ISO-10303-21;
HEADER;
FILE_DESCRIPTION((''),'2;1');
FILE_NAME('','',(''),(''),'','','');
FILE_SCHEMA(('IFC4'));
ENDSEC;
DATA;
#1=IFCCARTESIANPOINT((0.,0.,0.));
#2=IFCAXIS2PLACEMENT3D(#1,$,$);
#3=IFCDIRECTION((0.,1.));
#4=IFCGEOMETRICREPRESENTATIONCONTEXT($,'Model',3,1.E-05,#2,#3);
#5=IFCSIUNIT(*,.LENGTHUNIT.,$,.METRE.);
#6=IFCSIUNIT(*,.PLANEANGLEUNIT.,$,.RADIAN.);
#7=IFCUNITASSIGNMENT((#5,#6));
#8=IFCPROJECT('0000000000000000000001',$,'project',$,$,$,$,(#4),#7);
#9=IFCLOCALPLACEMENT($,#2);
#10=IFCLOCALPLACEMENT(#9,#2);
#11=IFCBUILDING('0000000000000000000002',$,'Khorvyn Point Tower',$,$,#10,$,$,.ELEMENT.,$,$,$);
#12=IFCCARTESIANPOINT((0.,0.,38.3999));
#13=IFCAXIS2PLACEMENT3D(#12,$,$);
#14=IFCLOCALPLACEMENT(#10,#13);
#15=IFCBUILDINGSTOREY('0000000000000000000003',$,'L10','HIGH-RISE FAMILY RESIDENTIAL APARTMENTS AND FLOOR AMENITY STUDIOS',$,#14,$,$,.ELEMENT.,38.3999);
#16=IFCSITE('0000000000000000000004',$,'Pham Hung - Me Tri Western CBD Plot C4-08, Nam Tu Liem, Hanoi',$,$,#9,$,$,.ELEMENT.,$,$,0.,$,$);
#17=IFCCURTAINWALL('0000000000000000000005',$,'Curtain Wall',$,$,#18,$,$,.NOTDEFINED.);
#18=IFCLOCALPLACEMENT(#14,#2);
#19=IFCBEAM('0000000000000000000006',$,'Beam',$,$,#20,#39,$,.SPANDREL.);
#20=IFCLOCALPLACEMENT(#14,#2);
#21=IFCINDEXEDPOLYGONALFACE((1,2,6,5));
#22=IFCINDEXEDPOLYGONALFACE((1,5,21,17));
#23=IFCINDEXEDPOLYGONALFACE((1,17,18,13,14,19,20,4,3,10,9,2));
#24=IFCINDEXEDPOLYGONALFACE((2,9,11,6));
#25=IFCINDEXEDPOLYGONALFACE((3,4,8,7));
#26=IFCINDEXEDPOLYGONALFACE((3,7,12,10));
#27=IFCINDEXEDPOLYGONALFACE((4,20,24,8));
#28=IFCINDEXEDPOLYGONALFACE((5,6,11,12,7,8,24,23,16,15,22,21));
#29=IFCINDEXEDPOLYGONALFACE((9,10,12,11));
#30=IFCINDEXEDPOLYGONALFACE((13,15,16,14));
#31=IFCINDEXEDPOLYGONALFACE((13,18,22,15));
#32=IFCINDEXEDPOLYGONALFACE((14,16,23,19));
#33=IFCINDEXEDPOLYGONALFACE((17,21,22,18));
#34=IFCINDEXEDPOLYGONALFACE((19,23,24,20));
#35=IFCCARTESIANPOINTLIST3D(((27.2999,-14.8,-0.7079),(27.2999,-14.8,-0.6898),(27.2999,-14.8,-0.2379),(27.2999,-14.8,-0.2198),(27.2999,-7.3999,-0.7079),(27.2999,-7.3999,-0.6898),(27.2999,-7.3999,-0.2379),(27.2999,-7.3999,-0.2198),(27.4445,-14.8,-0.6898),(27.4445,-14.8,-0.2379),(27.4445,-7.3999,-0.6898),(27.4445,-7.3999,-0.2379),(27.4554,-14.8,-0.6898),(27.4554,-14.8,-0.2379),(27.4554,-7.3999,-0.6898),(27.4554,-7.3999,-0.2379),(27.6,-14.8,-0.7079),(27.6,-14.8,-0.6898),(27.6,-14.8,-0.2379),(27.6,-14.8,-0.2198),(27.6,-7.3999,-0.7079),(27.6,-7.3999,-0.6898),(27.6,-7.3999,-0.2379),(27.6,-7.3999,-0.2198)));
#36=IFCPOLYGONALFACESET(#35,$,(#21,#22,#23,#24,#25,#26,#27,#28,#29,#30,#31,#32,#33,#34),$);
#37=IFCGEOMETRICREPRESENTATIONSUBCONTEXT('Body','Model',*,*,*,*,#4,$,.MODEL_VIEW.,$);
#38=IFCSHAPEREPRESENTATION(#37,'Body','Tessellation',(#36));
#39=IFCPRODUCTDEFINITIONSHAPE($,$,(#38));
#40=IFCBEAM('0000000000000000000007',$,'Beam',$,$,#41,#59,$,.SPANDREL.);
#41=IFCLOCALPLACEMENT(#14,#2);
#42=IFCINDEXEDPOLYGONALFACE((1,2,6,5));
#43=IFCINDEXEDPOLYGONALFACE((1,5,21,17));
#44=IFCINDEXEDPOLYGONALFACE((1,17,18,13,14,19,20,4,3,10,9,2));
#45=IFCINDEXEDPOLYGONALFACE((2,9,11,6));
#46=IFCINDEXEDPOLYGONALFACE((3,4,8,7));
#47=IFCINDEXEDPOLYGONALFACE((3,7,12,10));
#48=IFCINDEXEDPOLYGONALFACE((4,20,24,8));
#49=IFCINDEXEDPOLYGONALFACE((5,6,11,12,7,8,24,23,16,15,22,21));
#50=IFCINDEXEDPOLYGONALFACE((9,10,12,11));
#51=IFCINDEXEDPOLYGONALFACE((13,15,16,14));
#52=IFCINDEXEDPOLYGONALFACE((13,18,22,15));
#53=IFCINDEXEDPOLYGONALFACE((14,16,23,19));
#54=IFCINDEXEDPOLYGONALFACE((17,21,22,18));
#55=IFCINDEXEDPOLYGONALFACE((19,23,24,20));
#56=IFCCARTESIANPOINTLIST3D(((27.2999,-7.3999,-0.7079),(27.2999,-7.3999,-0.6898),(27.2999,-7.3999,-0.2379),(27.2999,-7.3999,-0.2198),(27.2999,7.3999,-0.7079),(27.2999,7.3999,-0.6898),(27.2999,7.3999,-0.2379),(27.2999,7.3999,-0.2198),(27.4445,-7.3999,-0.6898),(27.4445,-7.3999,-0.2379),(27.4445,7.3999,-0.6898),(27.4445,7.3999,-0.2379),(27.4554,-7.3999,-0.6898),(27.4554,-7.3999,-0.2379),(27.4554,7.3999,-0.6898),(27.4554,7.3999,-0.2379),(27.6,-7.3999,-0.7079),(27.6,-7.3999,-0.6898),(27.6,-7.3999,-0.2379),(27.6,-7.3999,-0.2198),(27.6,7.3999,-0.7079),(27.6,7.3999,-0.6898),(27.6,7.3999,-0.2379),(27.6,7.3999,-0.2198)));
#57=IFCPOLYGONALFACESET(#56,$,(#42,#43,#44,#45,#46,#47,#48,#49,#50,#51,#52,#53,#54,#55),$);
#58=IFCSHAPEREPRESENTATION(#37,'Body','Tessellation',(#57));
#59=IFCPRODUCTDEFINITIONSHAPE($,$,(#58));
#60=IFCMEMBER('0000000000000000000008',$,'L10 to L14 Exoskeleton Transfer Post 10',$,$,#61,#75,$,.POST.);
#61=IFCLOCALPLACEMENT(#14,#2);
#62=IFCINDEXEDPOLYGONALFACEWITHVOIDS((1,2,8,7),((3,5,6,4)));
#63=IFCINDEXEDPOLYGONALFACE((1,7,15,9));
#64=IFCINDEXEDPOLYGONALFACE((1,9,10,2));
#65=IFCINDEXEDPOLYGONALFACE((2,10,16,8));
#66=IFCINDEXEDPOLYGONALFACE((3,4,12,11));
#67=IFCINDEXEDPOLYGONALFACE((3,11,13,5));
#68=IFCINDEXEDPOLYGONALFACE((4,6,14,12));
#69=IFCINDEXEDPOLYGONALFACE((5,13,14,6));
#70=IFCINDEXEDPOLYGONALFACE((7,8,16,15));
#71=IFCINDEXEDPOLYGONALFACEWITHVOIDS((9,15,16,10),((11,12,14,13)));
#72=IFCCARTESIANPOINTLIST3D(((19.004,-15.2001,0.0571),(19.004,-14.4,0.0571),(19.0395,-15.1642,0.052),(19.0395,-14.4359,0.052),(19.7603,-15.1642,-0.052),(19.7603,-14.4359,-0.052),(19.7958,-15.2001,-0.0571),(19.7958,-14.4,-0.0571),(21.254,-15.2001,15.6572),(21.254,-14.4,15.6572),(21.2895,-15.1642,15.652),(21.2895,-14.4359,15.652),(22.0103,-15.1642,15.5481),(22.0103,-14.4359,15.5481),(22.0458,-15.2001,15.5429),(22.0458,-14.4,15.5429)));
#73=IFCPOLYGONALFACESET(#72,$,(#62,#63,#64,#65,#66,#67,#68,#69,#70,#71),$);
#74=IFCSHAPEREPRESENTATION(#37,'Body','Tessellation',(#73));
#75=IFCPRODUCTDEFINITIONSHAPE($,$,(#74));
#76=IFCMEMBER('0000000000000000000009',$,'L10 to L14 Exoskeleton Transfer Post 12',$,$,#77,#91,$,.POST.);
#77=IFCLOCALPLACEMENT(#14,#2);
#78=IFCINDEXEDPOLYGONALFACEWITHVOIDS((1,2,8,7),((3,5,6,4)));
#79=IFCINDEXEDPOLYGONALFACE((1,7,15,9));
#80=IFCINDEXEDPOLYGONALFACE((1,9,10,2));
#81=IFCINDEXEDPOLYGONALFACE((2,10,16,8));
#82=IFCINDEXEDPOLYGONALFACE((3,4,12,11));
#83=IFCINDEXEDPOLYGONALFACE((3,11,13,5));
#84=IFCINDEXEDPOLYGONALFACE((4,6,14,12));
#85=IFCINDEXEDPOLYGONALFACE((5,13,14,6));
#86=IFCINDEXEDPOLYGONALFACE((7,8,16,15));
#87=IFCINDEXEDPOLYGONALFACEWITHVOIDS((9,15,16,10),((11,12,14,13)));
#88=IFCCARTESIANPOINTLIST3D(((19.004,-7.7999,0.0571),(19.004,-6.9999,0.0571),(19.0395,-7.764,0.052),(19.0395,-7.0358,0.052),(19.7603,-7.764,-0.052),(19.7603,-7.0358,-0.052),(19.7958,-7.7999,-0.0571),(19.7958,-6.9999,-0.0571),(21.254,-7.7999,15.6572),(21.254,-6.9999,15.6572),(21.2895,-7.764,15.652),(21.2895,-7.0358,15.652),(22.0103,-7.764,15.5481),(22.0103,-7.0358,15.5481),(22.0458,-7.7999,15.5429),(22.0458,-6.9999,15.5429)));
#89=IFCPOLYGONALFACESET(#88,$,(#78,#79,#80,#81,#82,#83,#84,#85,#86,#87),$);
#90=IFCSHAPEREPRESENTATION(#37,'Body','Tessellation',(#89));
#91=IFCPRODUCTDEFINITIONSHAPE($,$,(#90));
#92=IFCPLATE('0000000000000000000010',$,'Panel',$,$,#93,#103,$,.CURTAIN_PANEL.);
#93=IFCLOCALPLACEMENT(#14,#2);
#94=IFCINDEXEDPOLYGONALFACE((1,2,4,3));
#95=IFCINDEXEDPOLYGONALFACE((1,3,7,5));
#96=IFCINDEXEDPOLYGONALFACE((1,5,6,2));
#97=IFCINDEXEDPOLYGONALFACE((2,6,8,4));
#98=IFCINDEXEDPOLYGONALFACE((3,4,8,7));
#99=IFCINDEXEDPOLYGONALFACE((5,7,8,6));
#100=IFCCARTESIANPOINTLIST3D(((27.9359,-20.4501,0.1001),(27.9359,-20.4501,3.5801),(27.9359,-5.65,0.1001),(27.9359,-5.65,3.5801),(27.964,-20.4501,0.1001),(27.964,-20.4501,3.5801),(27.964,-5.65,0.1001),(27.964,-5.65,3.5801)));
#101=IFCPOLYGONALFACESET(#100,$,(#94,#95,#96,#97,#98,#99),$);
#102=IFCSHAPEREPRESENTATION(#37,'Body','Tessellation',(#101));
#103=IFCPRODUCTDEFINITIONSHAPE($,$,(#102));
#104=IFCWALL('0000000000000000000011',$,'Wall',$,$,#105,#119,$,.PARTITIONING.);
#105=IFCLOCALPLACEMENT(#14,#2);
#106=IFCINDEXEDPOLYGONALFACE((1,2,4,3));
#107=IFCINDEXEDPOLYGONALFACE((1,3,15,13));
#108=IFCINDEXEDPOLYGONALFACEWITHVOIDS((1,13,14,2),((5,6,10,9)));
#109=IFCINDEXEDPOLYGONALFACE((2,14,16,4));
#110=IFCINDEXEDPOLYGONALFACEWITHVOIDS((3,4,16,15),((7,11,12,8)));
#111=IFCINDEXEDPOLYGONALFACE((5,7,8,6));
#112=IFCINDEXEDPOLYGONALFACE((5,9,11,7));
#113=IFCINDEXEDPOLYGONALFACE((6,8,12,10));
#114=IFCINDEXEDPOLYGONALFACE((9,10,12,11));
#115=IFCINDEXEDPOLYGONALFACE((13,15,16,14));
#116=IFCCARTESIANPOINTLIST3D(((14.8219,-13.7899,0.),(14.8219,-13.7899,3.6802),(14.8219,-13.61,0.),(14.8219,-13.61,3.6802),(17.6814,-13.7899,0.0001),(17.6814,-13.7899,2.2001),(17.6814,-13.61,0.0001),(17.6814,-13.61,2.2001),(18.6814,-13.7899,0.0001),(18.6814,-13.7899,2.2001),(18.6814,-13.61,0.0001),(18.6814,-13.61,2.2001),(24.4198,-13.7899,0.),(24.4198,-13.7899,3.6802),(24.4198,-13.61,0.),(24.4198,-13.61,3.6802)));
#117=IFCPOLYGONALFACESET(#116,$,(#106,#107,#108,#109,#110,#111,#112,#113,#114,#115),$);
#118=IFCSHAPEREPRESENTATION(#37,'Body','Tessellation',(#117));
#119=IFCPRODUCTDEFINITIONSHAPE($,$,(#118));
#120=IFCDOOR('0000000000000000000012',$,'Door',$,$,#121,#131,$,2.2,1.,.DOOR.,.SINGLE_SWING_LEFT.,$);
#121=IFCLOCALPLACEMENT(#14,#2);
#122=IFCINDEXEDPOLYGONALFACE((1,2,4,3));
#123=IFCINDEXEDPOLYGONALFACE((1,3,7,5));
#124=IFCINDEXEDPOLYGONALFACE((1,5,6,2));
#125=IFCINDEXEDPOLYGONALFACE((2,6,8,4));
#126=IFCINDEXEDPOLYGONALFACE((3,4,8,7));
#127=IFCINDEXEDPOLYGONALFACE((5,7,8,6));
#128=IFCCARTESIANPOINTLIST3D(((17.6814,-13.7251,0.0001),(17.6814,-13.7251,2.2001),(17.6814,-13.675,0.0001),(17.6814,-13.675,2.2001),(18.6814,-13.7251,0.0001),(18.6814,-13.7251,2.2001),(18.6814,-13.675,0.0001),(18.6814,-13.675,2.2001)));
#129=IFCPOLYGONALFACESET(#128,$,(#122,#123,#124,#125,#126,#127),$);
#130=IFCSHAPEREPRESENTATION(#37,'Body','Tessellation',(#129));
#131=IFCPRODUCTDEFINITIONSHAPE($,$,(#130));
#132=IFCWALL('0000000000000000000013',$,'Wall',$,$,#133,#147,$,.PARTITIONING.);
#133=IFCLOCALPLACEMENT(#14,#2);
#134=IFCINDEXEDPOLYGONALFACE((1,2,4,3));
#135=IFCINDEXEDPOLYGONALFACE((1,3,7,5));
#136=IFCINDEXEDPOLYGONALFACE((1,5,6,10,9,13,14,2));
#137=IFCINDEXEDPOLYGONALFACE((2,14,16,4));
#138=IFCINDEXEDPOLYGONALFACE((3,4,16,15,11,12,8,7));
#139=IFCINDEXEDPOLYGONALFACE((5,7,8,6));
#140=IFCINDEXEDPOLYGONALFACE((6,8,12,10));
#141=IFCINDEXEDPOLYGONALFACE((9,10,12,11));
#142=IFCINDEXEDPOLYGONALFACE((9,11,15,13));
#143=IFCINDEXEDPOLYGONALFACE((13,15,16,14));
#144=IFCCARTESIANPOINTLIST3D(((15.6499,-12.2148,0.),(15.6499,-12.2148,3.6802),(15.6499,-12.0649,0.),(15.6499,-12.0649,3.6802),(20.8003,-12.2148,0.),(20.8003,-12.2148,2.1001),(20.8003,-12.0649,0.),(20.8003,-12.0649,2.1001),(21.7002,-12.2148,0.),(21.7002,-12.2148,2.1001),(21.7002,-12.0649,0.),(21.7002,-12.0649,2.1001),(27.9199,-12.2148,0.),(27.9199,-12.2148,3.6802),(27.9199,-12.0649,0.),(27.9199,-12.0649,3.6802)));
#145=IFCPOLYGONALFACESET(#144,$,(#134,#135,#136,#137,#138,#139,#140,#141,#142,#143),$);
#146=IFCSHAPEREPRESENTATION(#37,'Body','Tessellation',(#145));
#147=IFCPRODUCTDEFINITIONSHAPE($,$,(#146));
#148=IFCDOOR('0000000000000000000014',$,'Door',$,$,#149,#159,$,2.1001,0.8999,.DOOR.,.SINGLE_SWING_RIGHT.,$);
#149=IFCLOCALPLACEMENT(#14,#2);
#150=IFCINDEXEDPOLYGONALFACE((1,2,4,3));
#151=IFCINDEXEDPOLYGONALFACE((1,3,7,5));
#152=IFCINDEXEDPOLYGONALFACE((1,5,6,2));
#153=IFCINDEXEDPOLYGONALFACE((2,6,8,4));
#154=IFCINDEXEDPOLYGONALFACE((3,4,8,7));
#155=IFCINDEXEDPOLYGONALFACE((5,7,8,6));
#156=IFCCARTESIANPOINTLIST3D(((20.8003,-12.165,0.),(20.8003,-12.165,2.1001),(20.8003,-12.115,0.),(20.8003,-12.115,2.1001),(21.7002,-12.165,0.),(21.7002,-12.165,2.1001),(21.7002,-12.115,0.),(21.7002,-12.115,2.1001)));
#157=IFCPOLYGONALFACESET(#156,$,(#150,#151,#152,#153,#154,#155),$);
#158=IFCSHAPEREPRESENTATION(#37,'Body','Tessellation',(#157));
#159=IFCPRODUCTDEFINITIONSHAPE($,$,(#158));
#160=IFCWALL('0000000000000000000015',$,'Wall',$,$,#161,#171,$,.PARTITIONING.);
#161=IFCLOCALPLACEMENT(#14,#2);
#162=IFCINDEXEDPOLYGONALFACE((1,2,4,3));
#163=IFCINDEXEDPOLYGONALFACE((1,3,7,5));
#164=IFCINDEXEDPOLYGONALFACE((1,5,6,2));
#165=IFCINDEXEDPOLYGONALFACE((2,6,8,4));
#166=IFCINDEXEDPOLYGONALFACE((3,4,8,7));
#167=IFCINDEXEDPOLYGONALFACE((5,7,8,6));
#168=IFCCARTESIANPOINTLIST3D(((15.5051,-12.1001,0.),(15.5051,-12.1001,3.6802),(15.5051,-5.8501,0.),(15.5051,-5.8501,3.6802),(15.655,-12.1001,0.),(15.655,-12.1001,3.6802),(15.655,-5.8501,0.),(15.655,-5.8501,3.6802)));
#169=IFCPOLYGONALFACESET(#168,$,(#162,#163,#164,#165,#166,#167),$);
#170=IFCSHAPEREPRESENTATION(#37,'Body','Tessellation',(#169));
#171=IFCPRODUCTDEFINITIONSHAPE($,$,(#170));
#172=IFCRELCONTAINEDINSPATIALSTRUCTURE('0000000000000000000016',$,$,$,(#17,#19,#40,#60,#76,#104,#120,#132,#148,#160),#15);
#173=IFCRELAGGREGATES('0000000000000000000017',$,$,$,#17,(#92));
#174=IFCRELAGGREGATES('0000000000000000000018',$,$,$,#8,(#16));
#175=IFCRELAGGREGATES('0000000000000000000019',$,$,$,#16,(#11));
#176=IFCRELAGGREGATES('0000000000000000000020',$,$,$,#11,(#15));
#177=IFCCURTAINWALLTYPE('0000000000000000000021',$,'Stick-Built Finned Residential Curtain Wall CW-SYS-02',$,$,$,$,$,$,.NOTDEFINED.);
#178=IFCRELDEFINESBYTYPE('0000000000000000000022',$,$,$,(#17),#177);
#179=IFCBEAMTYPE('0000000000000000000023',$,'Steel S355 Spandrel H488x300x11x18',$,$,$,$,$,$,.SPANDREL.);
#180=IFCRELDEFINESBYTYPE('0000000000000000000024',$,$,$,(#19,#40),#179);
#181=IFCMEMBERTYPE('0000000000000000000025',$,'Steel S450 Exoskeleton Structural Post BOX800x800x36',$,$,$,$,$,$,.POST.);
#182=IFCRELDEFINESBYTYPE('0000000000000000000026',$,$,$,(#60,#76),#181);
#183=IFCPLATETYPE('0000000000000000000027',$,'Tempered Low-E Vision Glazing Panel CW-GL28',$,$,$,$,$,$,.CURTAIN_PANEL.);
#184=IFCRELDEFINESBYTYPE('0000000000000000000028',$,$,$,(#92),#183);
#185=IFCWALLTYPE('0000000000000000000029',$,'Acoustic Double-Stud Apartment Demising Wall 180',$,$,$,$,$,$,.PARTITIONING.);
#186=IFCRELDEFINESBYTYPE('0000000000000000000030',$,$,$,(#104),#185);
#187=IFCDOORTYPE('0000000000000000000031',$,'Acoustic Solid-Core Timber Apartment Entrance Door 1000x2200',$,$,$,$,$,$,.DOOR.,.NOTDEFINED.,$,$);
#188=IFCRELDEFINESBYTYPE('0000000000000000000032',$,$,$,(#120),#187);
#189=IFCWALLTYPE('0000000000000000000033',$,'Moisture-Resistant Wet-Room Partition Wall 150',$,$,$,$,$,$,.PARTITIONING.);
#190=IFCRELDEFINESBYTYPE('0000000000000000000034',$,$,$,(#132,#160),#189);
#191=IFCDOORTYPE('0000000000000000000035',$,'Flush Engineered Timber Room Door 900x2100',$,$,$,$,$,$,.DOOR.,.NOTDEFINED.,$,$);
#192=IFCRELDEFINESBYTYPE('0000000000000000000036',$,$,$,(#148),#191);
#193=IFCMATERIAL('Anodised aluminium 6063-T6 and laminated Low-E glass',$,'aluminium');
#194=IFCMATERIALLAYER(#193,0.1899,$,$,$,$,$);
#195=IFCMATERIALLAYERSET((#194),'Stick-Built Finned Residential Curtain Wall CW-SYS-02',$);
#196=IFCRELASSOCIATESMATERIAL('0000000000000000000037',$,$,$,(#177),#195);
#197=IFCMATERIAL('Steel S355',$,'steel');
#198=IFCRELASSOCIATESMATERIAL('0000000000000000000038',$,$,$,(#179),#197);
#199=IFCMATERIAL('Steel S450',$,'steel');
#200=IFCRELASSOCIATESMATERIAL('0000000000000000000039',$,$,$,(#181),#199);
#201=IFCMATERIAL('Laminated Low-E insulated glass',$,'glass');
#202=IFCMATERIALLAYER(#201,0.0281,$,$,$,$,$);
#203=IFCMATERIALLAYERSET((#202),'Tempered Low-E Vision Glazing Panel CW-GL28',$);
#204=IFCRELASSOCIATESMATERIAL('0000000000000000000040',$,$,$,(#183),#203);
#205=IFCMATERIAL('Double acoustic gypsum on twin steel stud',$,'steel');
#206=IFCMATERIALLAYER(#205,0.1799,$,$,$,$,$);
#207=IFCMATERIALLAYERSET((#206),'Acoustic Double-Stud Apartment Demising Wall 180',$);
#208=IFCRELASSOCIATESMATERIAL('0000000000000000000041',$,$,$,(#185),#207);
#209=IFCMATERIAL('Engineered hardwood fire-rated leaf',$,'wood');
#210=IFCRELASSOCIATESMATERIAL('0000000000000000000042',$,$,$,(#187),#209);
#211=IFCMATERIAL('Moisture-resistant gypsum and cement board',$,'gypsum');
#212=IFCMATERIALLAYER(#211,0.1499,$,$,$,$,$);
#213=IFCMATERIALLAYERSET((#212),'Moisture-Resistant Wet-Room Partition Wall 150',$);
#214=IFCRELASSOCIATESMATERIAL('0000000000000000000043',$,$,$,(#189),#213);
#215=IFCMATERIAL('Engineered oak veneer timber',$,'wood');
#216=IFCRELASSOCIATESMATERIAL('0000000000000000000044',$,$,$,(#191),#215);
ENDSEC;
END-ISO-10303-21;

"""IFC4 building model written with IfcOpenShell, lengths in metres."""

from ifc_helpers import new_model, si_unit, direction, frame, frame_2d, origin, origin_2d, place, context, subcontext, project, spatial, rectangle, hollow_rectangle, i_section, extrude, material, layer, layer_set, material_profile, profile_set, type_object, element, fill, aggregate, save


model = new_model("IFC4")

# Units and contexts
model_context = context("Model", 3, precision=1e-05, world=origin(), true_north=direction((0.0, 1.0)))
body_context = subcontext(model_context, "Body", "Model", "MODEL_VIEW")
ifc_project = project(units=[si_unit("LENGTHUNIT", "METRE"), si_unit("PLANEANGLEUNIT", "RADIAN")], contexts=[model_context])

# Site, building, storey
site_placement = place(None, origin())
site = spatial("IfcSite", under=ifc_project, at=site_placement, Name="Pham Hung - Me Tri Western CBD Plot C4-08, Nam Tu Liem, Hanoi", CompositionType="ELEMENT", RefElevation=0.0)
building_placement = place(site_placement, origin())
building = spatial("IfcBuilding", under=site, at=building_placement, Name="Khorvyn Point Tower", CompositionType="ELEMENT")
storey_placement = place(building_placement, frame((0.0, 0.0, 38.3999)))
storey = spatial("IfcBuildingStorey", under=building, at=storey_placement, Name="L10", Description="HIGH-RISE FAMILY RESIDENTIAL APARTMENTS AND FLOOR AMENITY STUDIOS", CompositionType="ELEMENT", Elevation=38.3999)

# Shared definitions
ifc_material_1 = material(Name="Steel S450", Category="steel")

# Curtain wall
ifc_material_2 = material(Name="Anodised aluminium 6063-T6 and laminated Low-E glass", Category="aluminium")
ifc_layer_1 = layer(ifc_material_2, 0.1899)
ifc_layer_set_1 = layer_set([ifc_layer_1], Name="Stick-Built Finned Residential Curtain Wall CW-SYS-02")
curtain_wall_type = type_object("IfcCurtainWallType", Name="Stick-Built Finned Residential Curtain Wall CW-SYS-02", PredefinedType="NOTDEFINED", material=ifc_layer_set_1)
curtain_wall_placement = place(storey_placement, origin())
curtain_wall = element("IfcCurtainWall", 1, at=curtain_wall_placement, inside=storey, type_object=curtain_wall_type, Name="Curtain Wall", PredefinedType="NOTDEFINED")

# Beams
ifc_material_3 = material(Name="Steel S355", Category="steel")
ifc_material_profile_1 = material_profile(ifc_material_3, i_section(OverallWidth=0.3, OverallDepth=0.488, WebThickness=0.011, FlangeThickness=0.0181, at=origin_2d()))
ifc_profile_set_1 = profile_set([ifc_material_profile_1], Name="Steel S355 H488x300x11x18")
beam_type_1 = type_object("IfcBeamType", Name="Steel S355 Spandrel H488x300x11x18", PredefinedType="SPANDREL", material=ifc_profile_set_1)
beam_1_placement = place(storey_placement, frame((27.45, -14.8, -0.4639), z_axis=(0.0, 1.0, 0.0), x_axis=(-1.0, 0.0, 0.0)))
element("IfcBeam", 2, at=beam_1_placement, inside=storey, type_object=beam_type_1, Name="Beam", PredefinedType="SPANDREL", context=body_context, shape_type="SweptSolid", body=[
    extrude(i_section(OverallWidth=0.3, OverallDepth=0.488, WebThickness=0.011, FlangeThickness=0.0181, at=origin_2d()), origin(), (0.0, 0.0, 1.0), 7.4001),
])
beam_2_placement = place(storey_placement, frame((27.45, -7.3999, -0.4639), z_axis=(0.0, 1.0, 0.0), x_axis=(-1.0, 0.0, 0.0)))
element("IfcBeam", 3, at=beam_2_placement, inside=storey, type_object=beam_type_1, Name="Beam", PredefinedType="SPANDREL", context=body_context, shape_type="SweptSolid", body=[
    extrude(i_section(OverallWidth=0.3, OverallDepth=0.488, WebThickness=0.011, FlangeThickness=0.0181, at=origin_2d()), origin(), (0.0, 0.0, 1.0), 14.7998),
])

# Members
ifc_material_profile_2 = material_profile(ifc_material_1, hollow_rectangle(XDim=0.8, YDim=0.8, WallThickness=0.0359, at=origin_2d()))
ifc_profile_set_2 = profile_set([ifc_material_profile_2], Name="Steel S450 BOX800x800x36")
member_type_1 = type_object("IfcMemberType", Name="Steel S450 Exoskeleton Structural Post BOX800x800x36", PredefinedType="POST", material=ifc_profile_set_2)
for number, where, z_axis, x_axis, name in (
    (4, (19.3999, -14.8, 0.0), (0.142753, 0.0, 0.989758), (0.0, 1.0, 0.0), "L10 to L14 Exoskeleton Transfer Post 10"),
    (5, (19.3999, -7.3999, 0.0), (0.142753, 0.0, 0.989758), (0.0, 1.0, 0.0), "L10 to L14 Exoskeleton Transfer Post 12"),
):
    element("IfcMember", number, at=place(storey_placement, frame(where, z_axis=z_axis, x_axis=x_axis)), inside=storey, type_object=member_type_1, Name=name, PredefinedType="POST", context=body_context, shape_type="SweptSolid", body=[
        extrude(hollow_rectangle(XDim=0.8, YDim=0.8, WallThickness=0.0359, at=origin_2d()), origin(), (0.0, 0.0, 1.0), 15.7615),
    ])

# Plate
ifc_material_4 = material(Name="Laminated Low-E insulated glass", Category="glass")
ifc_layer_2 = layer(ifc_material_4, 0.0281)
ifc_layer_set_2 = layer_set([ifc_layer_2], Name="Tempered Low-E Vision Glazing Panel CW-GL28")
plate_type = type_object("IfcPlateType", Name="Tempered Low-E Vision Glazing Panel CW-GL28", PredefinedType="CURTAIN_PANEL", material=ifc_layer_set_2)
plate_placement = place(storey_placement, frame((27.95, -13.05, 0.1001), z_axis=(0.0, 0.0, 1.0), x_axis=(0.0, -1.0, 0.0)))
plate = element("IfcPlate", 6, at=plate_placement, type_object=plate_type, Name="Panel", PredefinedType="CURTAIN_PANEL", context=body_context, shape_type="SweptSolid", body=[
    extrude(rectangle(XDim=14.8, YDim=0.0281, at=origin_2d()), origin(), (0.0, 0.0, 1.0), 3.48),
])
aggregate(curtain_wall, [plate])

# Walls, openings, doors
ifc_material_5 = material(Name="Double acoustic gypsum on twin steel stud", Category="steel")
ifc_layer_3 = layer(ifc_material_5, 0.1799)
ifc_layer_set_3 = layer_set([ifc_layer_3], Name="Acoustic Double-Stud Apartment Demising Wall 180")
wall_type_1 = type_object("IfcWallType", Name="Acoustic Double-Stud Apartment Demising Wall 180", PredefinedType="PARTITIONING", material=ifc_layer_set_3)
wall_1_placement = place(storey_placement, frame((14.822, -13.7, 0.0), z_axis=(0.0, 0.0, 1.0), x_axis=(1.0, 0.0, 0.0)))
wall_1 = element("IfcWall", 7, at=wall_1_placement, inside=storey, type_object=wall_type_1, Name="Wall", PredefinedType="PARTITIONING", context=body_context, shape_type="SweptSolid", body=[
    extrude(rectangle(XDim=9.5979, YDim=0.1799, at=frame_2d((4.7988, 0.0))), origin(), (0.0, 0.0, 1.0), 3.6802),
])
opening_1_placement = place(wall_1_placement, frame((2.8594, 0.0, 0.0)))
opening_1 = element("IfcOpeningElement", 8, at=opening_1_placement, cuts=wall_1, PredefinedType="OPENING", context=body_context, shape_type="SweptSolid", body=[
    extrude(rectangle(XDim=1.0, YDim=2.2, at=frame_2d((0.5, 1.1001))), frame((0.0, 0.0999, 0.0), z_axis=(0.0, -1.0, 0.0), x_axis=(1.0, 0.0, 0.0)), (0.0, 0.0, 1.0), 0.2),
])
ifc_material_6 = material(Name="Engineered hardwood fire-rated leaf", Category="wood")
door_type_1 = type_object("IfcDoorType", Name="Acoustic Solid-Core Timber Apartment Entrance Door 1000x2200", OperationType="NOTDEFINED", PredefinedType="DOOR", material=ifc_material_6)
door_1_placement = place(opening_1_placement, origin())
door_1 = element("IfcDoor", 9, at=door_1_placement, inside=storey, type_object=door_type_1, Name="Door", OperationType="SINGLE_SWING_LEFT", OverallHeight=2.2, OverallWidth=1.0, PredefinedType="DOOR", context=body_context, shape_type="SweptSolid", body=[
    extrude(rectangle(XDim=1.0, YDim=2.2, at=frame_2d((0.5, 1.1001))), frame((0.0, 0.0249, 0.0), z_axis=(0.0, -1.0, 0.0), x_axis=(1.0, 0.0, 0.0)), (0.0, 0.0, 1.0), 0.05),
])
fill(opening_1, door_1)
ifc_material_7 = material(Name="Moisture-resistant gypsum and cement board", Category="gypsum")
ifc_layer_4 = layer(ifc_material_7, 0.1499)
ifc_layer_set_4 = layer_set([ifc_layer_4], Name="Moisture-Resistant Wet-Room Partition Wall 150")
wall_type_2 = type_object("IfcWallType", Name="Moisture-Resistant Wet-Room Partition Wall 150", PredefinedType="PARTITIONING", material=ifc_layer_set_4)
wall_2_placement = place(storey_placement, frame((15.6499, -12.1399, 0.0), z_axis=(0.0, 0.0, 1.0), x_axis=(1.0, 0.0, 0.0)))
wall_2 = element("IfcWall", 10, at=wall_2_placement, inside=storey, type_object=wall_type_2, Name="Wall", PredefinedType="PARTITIONING", context=body_context, shape_type="SweptSolid", body=[
    extrude(rectangle(XDim=12.27, YDim=0.1499, at=frame_2d((6.135, 0.0))), origin(), (0.0, 0.0, 1.0), 3.6802),
])
opening_2_placement = place(wall_2_placement, frame((5.1504, 0.0, 0.0)))
opening_2 = element("IfcOpeningElement", 11, at=opening_2_placement, cuts=wall_2, PredefinedType="OPENING", context=body_context, shape_type="SweptSolid", body=[
    extrude(rectangle(XDim=0.8999, YDim=2.1001, at=frame_2d((0.45, 1.05))), frame((0.0, 0.085, 0.0), z_axis=(0.0, -1.0, 0.0), x_axis=(1.0, 0.0, 0.0)), (0.0, 0.0, 1.0), 0.1699),
])
ifc_material_8 = material(Name="Engineered oak veneer timber", Category="wood")
door_type_2 = type_object("IfcDoorType", Name="Flush Engineered Timber Room Door 900x2100", OperationType="NOTDEFINED", PredefinedType="DOOR", material=ifc_material_8)
door_2_placement = place(opening_2_placement, origin())
door_2 = element("IfcDoor", 12, at=door_2_placement, inside=storey, type_object=door_type_2, Name="Door", OperationType="SINGLE_SWING_RIGHT", OverallHeight=2.1001, OverallWidth=0.8999, PredefinedType="DOOR", context=body_context, shape_type="SweptSolid", body=[
    extrude(rectangle(XDim=0.8999, YDim=2.1001, at=frame_2d((0.45, 1.05))), frame((0.0, 0.0249, 0.0), z_axis=(0.0, -1.0, 0.0), x_axis=(1.0, 0.0, 0.0)), (0.0, 0.0, 1.0), 0.05),
])
fill(opening_2, door_2)

# Wall
wall_3_placement = place(storey_placement, frame((15.5801, -12.1001, 0.0), z_axis=(0.0, 0.0, 1.0), x_axis=(0.0, 1.0, 0.0)))
element("IfcWall", 13, at=wall_3_placement, inside=storey, type_object=wall_type_2, Name="Wall", PredefinedType="PARTITIONING", context=body_context, shape_type="SweptSolid", body=[
    extrude(rectangle(XDim=6.25, YDim=0.1499, at=frame_2d((3.125, 0.0))), origin(), (0.0, 0.0, 1.0), 3.6802),
])

save(model, "model.ifc")
